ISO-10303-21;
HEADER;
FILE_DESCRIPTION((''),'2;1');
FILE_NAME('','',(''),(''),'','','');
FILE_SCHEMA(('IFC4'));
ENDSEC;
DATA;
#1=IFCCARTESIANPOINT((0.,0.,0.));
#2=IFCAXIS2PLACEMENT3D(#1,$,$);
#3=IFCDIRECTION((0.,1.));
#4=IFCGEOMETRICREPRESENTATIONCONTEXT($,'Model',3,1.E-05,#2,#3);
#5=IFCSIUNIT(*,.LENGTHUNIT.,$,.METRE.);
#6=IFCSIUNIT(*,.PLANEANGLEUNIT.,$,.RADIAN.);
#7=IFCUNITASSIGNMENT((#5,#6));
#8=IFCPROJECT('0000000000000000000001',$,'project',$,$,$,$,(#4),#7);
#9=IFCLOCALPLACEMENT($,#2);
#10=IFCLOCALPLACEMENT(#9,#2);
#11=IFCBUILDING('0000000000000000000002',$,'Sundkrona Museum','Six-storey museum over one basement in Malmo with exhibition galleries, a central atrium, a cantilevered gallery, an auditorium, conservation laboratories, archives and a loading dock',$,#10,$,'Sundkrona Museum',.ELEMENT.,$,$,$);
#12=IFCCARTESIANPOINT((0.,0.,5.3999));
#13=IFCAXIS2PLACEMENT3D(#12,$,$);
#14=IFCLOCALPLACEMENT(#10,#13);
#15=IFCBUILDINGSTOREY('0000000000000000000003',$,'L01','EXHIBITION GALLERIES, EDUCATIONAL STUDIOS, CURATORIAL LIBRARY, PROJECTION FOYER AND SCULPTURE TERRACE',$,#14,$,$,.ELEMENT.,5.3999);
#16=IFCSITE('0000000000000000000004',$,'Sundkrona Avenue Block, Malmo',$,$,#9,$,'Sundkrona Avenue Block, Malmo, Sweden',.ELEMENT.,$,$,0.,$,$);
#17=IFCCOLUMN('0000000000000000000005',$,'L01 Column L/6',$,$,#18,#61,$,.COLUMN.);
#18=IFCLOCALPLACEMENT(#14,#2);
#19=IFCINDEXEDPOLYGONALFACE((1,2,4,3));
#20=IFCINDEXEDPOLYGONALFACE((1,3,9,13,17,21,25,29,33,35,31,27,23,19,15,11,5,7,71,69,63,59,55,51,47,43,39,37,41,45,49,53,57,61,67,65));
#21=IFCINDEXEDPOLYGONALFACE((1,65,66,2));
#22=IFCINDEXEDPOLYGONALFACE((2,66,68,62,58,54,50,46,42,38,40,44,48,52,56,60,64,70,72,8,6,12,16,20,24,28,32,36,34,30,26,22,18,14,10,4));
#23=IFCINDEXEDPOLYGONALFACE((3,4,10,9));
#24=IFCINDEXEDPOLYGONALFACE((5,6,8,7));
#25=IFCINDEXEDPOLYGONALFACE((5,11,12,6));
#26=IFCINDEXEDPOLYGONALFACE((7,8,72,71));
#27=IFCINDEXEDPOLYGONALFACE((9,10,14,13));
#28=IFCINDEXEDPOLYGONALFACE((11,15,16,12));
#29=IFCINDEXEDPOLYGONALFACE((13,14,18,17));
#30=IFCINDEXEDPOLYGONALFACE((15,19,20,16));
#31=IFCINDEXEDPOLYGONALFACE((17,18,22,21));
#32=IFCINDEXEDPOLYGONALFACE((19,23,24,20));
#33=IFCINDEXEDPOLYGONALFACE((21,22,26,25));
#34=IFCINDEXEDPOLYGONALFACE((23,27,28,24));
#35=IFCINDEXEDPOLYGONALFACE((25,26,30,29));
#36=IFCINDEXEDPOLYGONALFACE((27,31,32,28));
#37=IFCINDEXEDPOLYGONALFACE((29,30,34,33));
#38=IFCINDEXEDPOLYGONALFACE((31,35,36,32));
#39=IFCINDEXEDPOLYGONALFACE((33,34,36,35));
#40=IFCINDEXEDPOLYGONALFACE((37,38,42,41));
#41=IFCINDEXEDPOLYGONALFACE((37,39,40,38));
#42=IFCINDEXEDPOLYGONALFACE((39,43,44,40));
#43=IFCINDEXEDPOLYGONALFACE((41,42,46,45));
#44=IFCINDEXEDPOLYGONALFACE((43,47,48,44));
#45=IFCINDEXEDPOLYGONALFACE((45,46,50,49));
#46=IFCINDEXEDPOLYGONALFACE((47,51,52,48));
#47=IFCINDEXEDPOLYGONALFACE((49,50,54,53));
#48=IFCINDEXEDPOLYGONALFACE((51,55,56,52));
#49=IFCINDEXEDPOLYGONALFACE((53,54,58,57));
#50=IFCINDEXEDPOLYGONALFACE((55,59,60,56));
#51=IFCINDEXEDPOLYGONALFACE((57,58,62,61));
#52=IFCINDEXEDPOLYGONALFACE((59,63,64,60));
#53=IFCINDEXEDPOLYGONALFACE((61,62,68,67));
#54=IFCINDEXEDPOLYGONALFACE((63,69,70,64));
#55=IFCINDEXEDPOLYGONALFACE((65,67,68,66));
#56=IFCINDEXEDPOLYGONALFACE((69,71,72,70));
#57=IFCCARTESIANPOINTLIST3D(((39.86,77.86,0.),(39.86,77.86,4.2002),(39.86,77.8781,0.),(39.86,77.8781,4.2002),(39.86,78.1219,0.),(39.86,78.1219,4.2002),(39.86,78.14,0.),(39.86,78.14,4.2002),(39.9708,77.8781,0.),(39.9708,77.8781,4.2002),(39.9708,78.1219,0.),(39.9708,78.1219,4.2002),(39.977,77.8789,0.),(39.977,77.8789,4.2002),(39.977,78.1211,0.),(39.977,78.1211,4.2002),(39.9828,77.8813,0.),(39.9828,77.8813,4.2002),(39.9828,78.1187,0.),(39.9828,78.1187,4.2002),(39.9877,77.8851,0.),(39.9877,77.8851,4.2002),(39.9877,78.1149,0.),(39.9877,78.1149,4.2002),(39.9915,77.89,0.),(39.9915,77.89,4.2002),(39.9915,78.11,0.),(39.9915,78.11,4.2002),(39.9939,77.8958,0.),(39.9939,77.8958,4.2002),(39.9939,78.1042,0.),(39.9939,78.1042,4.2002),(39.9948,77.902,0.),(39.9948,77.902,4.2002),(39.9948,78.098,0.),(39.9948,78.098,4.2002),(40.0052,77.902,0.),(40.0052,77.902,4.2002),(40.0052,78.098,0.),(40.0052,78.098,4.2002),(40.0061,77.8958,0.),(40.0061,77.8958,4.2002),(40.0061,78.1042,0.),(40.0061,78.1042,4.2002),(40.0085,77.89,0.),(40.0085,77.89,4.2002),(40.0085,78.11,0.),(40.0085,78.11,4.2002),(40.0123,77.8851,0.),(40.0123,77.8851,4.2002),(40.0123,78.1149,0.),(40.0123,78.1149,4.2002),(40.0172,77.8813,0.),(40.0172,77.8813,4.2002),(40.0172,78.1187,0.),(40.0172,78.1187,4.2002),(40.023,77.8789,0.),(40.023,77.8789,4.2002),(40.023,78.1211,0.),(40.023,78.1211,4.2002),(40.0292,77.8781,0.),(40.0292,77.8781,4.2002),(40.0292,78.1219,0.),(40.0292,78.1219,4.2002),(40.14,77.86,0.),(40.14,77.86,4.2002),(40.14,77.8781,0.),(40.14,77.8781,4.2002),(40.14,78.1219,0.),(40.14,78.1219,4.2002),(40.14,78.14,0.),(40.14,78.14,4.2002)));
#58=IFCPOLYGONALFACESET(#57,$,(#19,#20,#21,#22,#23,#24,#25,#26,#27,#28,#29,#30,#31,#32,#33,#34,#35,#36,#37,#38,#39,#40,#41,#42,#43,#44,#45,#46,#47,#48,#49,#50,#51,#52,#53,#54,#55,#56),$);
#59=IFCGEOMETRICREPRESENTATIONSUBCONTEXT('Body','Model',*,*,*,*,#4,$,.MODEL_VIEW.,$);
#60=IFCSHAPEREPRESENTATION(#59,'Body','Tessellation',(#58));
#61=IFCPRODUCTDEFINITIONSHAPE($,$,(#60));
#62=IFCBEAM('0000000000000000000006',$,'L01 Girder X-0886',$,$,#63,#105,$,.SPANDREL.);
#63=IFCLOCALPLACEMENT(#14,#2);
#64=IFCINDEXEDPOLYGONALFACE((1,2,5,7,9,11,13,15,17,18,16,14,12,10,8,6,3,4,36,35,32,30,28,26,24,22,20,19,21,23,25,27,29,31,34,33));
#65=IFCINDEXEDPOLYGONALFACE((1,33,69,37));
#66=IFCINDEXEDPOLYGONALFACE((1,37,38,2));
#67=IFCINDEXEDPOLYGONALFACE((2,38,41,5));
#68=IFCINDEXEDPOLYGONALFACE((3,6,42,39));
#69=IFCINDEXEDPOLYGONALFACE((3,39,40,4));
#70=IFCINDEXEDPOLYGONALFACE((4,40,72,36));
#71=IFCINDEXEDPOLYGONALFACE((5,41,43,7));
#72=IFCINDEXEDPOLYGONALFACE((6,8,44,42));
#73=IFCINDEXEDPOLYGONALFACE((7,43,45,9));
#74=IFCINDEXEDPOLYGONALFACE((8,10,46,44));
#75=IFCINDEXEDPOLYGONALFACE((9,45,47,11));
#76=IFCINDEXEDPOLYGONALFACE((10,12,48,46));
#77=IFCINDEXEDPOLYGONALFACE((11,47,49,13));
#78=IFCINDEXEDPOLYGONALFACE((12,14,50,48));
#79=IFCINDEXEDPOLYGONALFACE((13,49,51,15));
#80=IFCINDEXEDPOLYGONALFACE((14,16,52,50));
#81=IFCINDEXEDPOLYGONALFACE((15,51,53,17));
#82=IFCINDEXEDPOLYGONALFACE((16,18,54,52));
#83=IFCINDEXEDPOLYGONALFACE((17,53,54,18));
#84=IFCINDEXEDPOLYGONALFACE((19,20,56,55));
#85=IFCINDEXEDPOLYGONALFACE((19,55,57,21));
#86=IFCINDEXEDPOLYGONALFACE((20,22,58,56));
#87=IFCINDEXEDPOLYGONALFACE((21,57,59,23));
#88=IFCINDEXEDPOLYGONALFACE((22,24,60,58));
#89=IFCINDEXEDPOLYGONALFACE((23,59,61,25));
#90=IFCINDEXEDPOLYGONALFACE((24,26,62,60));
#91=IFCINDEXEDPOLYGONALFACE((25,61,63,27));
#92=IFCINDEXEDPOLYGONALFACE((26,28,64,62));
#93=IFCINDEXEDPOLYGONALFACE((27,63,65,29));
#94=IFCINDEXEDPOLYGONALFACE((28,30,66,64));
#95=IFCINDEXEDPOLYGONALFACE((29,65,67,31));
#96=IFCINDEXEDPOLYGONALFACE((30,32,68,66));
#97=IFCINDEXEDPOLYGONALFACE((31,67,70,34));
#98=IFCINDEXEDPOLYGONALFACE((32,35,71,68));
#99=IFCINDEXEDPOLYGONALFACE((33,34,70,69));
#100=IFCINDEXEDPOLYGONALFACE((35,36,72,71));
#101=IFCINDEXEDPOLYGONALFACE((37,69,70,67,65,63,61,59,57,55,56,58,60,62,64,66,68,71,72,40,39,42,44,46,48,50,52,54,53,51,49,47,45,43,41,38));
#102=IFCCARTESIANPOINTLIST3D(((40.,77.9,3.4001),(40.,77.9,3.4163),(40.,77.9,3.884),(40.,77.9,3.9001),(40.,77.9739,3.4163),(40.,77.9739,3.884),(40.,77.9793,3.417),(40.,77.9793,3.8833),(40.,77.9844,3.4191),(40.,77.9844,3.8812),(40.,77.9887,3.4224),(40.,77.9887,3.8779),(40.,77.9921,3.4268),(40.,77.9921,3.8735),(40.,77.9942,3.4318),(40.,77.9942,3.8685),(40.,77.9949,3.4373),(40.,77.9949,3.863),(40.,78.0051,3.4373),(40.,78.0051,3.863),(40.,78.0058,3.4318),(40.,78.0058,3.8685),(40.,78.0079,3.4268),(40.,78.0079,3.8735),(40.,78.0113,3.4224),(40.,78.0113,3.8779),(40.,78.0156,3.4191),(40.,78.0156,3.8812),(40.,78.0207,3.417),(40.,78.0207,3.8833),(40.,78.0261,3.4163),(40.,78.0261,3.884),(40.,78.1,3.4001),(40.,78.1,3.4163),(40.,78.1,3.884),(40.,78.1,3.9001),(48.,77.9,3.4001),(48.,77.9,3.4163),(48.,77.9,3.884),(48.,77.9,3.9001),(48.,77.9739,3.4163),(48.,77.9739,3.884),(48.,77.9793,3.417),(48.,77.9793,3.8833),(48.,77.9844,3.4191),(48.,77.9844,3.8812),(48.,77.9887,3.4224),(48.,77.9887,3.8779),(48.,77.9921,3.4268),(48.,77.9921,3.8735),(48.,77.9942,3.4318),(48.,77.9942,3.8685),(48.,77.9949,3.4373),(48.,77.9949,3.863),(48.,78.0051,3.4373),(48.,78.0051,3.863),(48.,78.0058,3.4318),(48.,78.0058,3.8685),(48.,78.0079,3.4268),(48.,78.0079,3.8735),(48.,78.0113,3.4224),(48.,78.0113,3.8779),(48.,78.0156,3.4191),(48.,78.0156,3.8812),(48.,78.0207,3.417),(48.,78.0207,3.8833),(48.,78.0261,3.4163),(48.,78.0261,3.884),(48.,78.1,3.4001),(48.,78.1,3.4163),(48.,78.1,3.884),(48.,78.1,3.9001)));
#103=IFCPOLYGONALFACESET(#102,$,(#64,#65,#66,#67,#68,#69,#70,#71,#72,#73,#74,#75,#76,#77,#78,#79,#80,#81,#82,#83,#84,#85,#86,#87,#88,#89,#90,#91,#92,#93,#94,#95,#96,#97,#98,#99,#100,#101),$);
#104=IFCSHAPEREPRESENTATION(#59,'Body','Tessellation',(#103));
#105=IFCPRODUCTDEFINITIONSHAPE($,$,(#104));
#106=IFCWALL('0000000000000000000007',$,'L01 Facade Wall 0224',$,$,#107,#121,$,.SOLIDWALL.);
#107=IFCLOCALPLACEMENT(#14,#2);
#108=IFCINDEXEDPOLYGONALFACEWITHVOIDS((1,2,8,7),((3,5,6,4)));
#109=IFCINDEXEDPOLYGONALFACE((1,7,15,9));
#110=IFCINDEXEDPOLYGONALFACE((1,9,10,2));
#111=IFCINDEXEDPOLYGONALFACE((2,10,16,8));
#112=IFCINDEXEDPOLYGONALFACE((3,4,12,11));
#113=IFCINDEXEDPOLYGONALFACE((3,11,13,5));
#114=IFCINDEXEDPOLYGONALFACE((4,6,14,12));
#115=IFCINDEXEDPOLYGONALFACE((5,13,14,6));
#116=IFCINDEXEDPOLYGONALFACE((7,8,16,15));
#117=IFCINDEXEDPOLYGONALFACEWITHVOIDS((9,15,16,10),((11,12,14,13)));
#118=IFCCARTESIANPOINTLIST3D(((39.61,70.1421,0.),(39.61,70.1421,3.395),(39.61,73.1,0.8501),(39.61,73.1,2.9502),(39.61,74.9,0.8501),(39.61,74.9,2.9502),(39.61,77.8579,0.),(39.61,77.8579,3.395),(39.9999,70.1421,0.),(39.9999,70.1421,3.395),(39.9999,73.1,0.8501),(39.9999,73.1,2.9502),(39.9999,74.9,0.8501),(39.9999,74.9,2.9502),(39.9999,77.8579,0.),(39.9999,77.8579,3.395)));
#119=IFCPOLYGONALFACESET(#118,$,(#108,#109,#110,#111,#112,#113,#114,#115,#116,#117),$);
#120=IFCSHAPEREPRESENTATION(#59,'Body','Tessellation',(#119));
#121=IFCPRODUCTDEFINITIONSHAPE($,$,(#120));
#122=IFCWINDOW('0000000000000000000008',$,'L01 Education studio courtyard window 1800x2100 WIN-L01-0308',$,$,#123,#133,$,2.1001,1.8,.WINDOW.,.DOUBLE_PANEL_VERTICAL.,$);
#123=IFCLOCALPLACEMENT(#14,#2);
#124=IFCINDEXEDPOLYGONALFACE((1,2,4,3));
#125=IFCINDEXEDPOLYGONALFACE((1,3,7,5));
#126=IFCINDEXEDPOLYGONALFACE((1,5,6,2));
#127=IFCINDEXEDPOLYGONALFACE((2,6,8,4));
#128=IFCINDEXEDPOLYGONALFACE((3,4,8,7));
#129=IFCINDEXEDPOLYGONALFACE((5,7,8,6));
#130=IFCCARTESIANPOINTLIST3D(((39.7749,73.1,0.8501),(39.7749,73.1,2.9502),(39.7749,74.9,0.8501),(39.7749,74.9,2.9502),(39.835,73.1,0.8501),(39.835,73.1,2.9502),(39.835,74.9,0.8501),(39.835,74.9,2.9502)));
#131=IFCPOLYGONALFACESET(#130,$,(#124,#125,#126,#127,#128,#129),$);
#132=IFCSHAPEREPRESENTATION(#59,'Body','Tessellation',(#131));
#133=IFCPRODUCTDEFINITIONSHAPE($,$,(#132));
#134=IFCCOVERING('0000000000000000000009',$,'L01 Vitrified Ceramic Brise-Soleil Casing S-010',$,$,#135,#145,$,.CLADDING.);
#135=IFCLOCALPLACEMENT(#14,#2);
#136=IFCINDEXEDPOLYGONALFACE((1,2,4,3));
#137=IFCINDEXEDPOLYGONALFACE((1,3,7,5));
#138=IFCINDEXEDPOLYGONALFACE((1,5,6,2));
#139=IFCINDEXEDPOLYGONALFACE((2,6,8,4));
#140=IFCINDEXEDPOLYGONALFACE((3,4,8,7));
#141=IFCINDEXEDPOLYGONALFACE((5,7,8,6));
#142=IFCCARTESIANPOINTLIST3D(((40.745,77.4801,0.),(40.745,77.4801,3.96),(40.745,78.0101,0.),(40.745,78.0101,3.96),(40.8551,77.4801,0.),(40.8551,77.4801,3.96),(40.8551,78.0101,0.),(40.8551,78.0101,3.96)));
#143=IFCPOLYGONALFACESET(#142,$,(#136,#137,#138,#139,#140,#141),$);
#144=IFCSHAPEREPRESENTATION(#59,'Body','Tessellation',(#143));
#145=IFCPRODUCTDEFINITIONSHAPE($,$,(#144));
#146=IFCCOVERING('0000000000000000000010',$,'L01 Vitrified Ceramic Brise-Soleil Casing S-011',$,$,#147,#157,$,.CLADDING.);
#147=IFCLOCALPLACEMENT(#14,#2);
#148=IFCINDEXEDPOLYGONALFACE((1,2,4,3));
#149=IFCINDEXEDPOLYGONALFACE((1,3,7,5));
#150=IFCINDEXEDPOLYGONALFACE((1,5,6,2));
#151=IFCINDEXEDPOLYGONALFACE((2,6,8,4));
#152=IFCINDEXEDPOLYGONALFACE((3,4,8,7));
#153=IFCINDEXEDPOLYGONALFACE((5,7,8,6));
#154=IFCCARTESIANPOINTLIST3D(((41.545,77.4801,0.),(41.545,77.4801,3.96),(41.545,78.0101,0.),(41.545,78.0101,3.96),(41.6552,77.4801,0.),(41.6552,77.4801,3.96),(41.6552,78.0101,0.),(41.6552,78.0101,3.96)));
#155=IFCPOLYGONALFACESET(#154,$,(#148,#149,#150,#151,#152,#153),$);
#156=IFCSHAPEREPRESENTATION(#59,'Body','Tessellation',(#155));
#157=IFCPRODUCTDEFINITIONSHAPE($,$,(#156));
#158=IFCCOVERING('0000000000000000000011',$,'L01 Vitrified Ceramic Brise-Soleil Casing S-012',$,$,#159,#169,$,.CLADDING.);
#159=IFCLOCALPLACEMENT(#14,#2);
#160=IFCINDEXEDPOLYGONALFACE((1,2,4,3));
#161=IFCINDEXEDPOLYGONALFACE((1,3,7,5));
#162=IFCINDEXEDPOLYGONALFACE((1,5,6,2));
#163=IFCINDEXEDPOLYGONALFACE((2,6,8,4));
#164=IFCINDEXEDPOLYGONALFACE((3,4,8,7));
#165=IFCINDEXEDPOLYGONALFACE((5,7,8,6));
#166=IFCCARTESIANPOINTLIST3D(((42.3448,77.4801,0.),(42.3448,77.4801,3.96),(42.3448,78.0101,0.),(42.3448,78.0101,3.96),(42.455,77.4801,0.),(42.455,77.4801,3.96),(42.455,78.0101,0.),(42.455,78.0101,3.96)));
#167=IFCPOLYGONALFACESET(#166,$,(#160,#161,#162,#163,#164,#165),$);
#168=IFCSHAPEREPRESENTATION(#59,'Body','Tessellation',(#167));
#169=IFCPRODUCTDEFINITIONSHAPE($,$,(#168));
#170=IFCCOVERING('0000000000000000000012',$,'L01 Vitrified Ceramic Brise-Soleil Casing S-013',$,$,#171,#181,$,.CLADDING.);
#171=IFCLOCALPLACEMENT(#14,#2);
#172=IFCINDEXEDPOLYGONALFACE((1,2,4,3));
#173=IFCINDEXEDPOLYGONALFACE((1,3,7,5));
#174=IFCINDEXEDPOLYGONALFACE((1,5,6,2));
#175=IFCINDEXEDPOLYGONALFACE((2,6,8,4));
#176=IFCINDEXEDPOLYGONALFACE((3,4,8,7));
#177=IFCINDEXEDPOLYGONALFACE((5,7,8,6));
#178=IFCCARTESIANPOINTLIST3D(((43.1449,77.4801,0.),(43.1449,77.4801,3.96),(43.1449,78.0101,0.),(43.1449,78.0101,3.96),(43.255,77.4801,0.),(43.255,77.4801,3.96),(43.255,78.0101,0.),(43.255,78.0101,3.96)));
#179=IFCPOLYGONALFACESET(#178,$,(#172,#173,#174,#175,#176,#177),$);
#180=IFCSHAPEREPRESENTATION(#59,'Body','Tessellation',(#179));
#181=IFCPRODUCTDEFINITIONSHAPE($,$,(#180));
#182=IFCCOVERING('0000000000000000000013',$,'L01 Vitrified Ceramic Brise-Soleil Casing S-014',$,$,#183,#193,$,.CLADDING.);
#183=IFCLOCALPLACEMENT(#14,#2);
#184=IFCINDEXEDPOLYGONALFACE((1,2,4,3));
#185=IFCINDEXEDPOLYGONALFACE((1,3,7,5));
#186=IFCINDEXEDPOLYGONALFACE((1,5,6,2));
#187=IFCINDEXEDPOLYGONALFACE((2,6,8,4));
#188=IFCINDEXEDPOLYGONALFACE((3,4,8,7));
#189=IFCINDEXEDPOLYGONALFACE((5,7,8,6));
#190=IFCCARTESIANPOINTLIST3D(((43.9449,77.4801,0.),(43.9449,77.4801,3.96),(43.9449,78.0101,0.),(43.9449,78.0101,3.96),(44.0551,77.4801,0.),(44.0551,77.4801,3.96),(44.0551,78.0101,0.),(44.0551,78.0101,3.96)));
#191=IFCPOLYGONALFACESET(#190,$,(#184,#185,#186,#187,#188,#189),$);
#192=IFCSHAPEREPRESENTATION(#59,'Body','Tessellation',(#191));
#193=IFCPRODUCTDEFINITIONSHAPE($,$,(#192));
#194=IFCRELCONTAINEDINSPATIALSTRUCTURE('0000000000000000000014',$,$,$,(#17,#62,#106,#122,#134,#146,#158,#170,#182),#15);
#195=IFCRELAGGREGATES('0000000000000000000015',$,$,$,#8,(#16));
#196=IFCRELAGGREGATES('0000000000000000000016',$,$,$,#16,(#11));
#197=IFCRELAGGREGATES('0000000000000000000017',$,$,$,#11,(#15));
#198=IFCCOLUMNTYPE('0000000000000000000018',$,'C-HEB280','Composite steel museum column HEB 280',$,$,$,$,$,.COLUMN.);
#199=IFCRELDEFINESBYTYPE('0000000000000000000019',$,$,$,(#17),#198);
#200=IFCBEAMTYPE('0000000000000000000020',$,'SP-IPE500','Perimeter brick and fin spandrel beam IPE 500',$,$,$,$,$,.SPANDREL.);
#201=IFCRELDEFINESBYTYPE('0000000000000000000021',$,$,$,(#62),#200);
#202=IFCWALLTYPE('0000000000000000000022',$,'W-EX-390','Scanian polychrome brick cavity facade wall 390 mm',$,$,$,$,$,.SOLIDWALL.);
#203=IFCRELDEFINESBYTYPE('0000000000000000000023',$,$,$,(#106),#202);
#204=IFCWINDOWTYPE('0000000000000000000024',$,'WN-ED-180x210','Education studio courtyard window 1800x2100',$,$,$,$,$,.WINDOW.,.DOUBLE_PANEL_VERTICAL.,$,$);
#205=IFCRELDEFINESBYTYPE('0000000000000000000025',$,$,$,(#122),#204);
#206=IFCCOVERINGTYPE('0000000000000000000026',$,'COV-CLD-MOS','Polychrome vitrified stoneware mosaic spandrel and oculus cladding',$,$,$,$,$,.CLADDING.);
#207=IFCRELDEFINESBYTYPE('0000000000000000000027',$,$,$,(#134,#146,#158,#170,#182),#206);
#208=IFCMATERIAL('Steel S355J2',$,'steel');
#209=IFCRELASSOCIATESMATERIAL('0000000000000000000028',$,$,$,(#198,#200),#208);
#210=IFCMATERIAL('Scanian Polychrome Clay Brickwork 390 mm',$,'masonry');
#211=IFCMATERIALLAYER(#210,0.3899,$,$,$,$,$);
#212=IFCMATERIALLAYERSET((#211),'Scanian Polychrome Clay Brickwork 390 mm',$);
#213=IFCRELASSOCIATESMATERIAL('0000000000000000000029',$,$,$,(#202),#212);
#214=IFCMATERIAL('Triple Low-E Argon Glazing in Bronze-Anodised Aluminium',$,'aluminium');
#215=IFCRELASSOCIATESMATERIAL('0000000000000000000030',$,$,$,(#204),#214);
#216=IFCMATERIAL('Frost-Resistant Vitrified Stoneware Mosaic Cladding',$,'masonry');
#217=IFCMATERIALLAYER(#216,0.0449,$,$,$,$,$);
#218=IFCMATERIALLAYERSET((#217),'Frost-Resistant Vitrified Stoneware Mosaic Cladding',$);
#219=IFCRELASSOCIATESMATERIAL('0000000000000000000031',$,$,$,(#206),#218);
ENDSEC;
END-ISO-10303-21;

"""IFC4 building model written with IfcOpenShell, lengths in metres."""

from ifc_helpers import new_model, si_unit, direction, frame, frame_2d, origin, origin_2d, place, context, subcontext, project, spatial, rectangle, i_section, extrude, material, layer, layer_set, material_profile, profile_set, type_object, element, fill, save


model = new_model("IFC4")

# Units and contexts
model_context = context("Model", 3, precision=1e-05, world=origin(), true_north=direction((0.0, 1.0)))
body_context = subcontext(model_context, "Body", "Model", "MODEL_VIEW")
ifc_project = project(units=[si_unit("LENGTHUNIT", "METRE"), si_unit("PLANEANGLEUNIT", "RADIAN")], contexts=[model_context])

# Site, building, storey
site_placement = place(None, origin())
site = spatial("IfcSite", under=ifc_project, at=site_placement, Name="Sundkrona Avenue Block, Malmo", LongName="Sundkrona Avenue Block, Malmo, Sweden", CompositionType="ELEMENT", RefElevation=0.0)
building_placement = place(site_placement, origin())
building = spatial("IfcBuilding", under=site, at=building_placement, Name="Sundkrona Museum", Description="Six-storey museum over one basement in Malmo with exhibition galleries, a central atrium, a cantilevered gallery, an auditorium, conservation laboratories, archives and a loading dock", LongName="Sundkrona Museum", CompositionType="ELEMENT")
storey_placement = place(building_placement, frame((0.0, 0.0, 5.3999)))
storey = spatial("IfcBuildingStorey", under=building, at=storey_placement, Name="L01", Description="EXHIBITION GALLERIES, EDUCATIONAL STUDIOS, CURATORIAL LIBRARY, PROJECTION FOYER AND SCULPTURE TERRACE", CompositionType="ELEMENT", Elevation=5.3999)

# Column
ifc_material_1 = material(Name="Steel S355J2", Category="steel")
ifc_material_profile_1 = material_profile(ifc_material_1, i_section(OverallWidth=0.28, OverallDepth=0.28, WebThickness=0.0105, FlangeThickness=0.0181, FilletRadius=0.0239, at=origin_2d()), Name="HEB 280")
ifc_profile_set_1 = profile_set([ifc_material_profile_1], Name="Steel S355J2")
column_type = type_object("IfcColumnType", Name="C-HEB280", Description="Composite steel museum column HEB 280", PredefinedType="COLUMN", material=ifc_profile_set_1)
column_placement = place(storey_placement, frame((40.0, 78.0, 0.0), z_axis=(0.0, 0.0, 1.0), x_axis=(1.0, 0.0, 0.0)))
element("IfcColumn", 1, at=column_placement, inside=storey, type_object=column_type, Name="L01 Column L/6", PredefinedType="COLUMN", context=body_context, shape_type="SweptSolid", body=[
    extrude(i_section(OverallWidth=0.28, OverallDepth=0.28, WebThickness=0.0105, FlangeThickness=0.0181, FilletRadius=0.0239, at=origin_2d()), origin(), (0.0, 0.0, 1.0), 4.2002),
])

# Beam
ifc_material_profile_2 = material_profile(ifc_material_1, i_section(OverallWidth=0.2, OverallDepth=0.5, WebThickness=0.0103, FlangeThickness=0.0161, FilletRadius=0.021, at=origin_2d()), Name="IPE 500")
ifc_profile_set_2 = profile_set([ifc_material_profile_2], Name="Steel S355J2")
beam_type = type_object("IfcBeamType", Name="SP-IPE500", Description="Perimeter brick and fin spandrel beam IPE 500", PredefinedType="SPANDREL", material=ifc_profile_set_2)
beam_placement = place(storey_placement, frame((40.0, 78.0, 3.6501), z_axis=(1.0, 0.0, 0.0), x_axis=(0.0, 1.0, 0.0)))
element("IfcBeam", 2, at=beam_placement, inside=storey, type_object=beam_type, Name="L01 Girder X-0886", PredefinedType="SPANDREL", context=body_context, shape_type="SweptSolid", body=[
    extrude(i_section(OverallWidth=0.2, OverallDepth=0.5, WebThickness=0.0103, FlangeThickness=0.0161, FilletRadius=0.021, at=origin_2d()), origin(), (0.0, 0.0, 1.0), 8.0),
])

# Wall, opening, window
ifc_material_2 = material(Name="Scanian Polychrome Clay Brickwork 390 mm", Category="masonry")
ifc_layer_1 = layer(ifc_material_2, 0.3899)
ifc_layer_set_1 = layer_set([ifc_layer_1], Name="Scanian Polychrome Clay Brickwork 390 mm")
wall_type = type_object("IfcWallType", Name="W-EX-390", Description="Scanian polychrome brick cavity facade wall 390 mm", PredefinedType="SOLIDWALL", material=ifc_layer_set_1)
wall_placement = place(storey_placement, frame((39.8049, 77.8579, 0.0), z_axis=(0.0, 0.0, 1.0), x_axis=(0.0, -1.0, 0.0)))
wall = element("IfcWall", 3, at=wall_placement, inside=storey, type_object=wall_type, Name="L01 Facade Wall 0224", PredefinedType="SOLIDWALL", context=body_context, shape_type="SweptSolid", body=[
    extrude(rectangle(XDim=7.7158, YDim=0.3899, at=frame_2d((3.8579, 0.0))), origin(), (0.0, 0.0, 1.0), 3.395),
])
opening_placement = place(wall_placement, frame((2.958, 0.0, 0.8501)))
opening = element("IfcOpeningElement", 4, at=opening_placement, cuts=wall, PredefinedType="OPENING", context=body_context, shape_type="SweptSolid", body=[
    extrude(rectangle(XDim=1.8, YDim=2.1001, at=frame_2d((0.8999, 1.05))), frame((0.0, 0.2048, 0.0), z_axis=(0.0, -1.0, 0.0), x_axis=(1.0, 0.0, 0.0)), (0.0, 0.0, 1.0), 0.4099),
])
ifc_material_3 = material(Name="Triple Low-E Argon Glazing in Bronze-Anodised Aluminium", Category="aluminium")
window_type = type_object("IfcWindowType", Name="WN-ED-180x210", Description="Education studio courtyard window 1800x2100", PartitioningType="DOUBLE_PANEL_VERTICAL", PredefinedType="WINDOW", material=ifc_material_3)
window_placement = place(opening_placement, origin())
window = element("IfcWindow", 5, at=window_placement, inside=storey, type_object=window_type, Name="L01 Education studio courtyard window 1800x2100 WIN-L01-0308", OverallHeight=2.1001, OverallWidth=1.8, PartitioningType="DOUBLE_PANEL_VERTICAL", PredefinedType="WINDOW", context=body_context, shape_type="SweptSolid", body=[
    extrude(rectangle(XDim=1.8, YDim=2.1001, at=frame_2d((0.8999, 1.05))), frame((0.0, 0.03, 0.0), z_axis=(0.0, -1.0, 0.0), x_axis=(1.0, 0.0, 0.0)), (0.0, 0.0, 1.0), 0.0601),
])
fill(opening, window)

# Coverings
ifc_material_4 = material(Name="Frost-Resistant Vitrified Stoneware Mosaic Cladding", Category="masonry")
ifc_layer_2 = layer(ifc_material_4, 0.0449)
ifc_layer_set_2 = layer_set([ifc_layer_2], Name="Frost-Resistant Vitrified Stoneware Mosaic Cladding")
covering_type = type_object("IfcCoveringType", Name="COV-CLD-MOS", Description="Polychrome vitrified stoneware mosaic spandrel and oculus cladding", PredefinedType="CLADDING", material=ifc_layer_set_2)
for number, where, z_axis, x_axis, name in (
    (6, (40.8, 77.7451, 0.0), (0.0, 0.0, 1.0), (1.0, 0.0, 0.0), "L01 Vitrified Ceramic Brise-Soleil Casing S-010"),
    (7, (41.6001, 77.7451, 0.0), (0.0, 0.0, 1.0), (1.0, 0.0, 0.0), "L01 Vitrified Ceramic Brise-Soleil Casing S-011"),
    (8, (42.3999, 77.7451, 0.0), (0.0, 0.0, 1.0), (1.0, 0.0, 0.0), "L01 Vitrified Ceramic Brise-Soleil Casing S-012"),
    (9, (43.2, 77.7451, 0.0), (0.0, 0.0, 1.0), (1.0, 0.0, 0.0), "L01 Vitrified Ceramic Brise-Soleil Casing S-013"),
    (10, (44.0, 77.7451, 0.0), (0.0, 0.0, 1.0), (1.0, 0.0, 0.0), "L01 Vitrified Ceramic Brise-Soleil Casing S-014"),
):
    element("IfcCovering", number, at=place(storey_placement, frame(where, z_axis=z_axis, x_axis=x_axis)), inside=storey, type_object=covering_type, Name=name, PredefinedType="CLADDING", context=body_context, shape_type="SweptSolid", body=[
        extrude(rectangle(XDim=0.1101, YDim=0.53, at=origin_2d()), origin(), (0.0, 0.0, 1.0), 3.96),
    ])

save(model, "model.ifc")
